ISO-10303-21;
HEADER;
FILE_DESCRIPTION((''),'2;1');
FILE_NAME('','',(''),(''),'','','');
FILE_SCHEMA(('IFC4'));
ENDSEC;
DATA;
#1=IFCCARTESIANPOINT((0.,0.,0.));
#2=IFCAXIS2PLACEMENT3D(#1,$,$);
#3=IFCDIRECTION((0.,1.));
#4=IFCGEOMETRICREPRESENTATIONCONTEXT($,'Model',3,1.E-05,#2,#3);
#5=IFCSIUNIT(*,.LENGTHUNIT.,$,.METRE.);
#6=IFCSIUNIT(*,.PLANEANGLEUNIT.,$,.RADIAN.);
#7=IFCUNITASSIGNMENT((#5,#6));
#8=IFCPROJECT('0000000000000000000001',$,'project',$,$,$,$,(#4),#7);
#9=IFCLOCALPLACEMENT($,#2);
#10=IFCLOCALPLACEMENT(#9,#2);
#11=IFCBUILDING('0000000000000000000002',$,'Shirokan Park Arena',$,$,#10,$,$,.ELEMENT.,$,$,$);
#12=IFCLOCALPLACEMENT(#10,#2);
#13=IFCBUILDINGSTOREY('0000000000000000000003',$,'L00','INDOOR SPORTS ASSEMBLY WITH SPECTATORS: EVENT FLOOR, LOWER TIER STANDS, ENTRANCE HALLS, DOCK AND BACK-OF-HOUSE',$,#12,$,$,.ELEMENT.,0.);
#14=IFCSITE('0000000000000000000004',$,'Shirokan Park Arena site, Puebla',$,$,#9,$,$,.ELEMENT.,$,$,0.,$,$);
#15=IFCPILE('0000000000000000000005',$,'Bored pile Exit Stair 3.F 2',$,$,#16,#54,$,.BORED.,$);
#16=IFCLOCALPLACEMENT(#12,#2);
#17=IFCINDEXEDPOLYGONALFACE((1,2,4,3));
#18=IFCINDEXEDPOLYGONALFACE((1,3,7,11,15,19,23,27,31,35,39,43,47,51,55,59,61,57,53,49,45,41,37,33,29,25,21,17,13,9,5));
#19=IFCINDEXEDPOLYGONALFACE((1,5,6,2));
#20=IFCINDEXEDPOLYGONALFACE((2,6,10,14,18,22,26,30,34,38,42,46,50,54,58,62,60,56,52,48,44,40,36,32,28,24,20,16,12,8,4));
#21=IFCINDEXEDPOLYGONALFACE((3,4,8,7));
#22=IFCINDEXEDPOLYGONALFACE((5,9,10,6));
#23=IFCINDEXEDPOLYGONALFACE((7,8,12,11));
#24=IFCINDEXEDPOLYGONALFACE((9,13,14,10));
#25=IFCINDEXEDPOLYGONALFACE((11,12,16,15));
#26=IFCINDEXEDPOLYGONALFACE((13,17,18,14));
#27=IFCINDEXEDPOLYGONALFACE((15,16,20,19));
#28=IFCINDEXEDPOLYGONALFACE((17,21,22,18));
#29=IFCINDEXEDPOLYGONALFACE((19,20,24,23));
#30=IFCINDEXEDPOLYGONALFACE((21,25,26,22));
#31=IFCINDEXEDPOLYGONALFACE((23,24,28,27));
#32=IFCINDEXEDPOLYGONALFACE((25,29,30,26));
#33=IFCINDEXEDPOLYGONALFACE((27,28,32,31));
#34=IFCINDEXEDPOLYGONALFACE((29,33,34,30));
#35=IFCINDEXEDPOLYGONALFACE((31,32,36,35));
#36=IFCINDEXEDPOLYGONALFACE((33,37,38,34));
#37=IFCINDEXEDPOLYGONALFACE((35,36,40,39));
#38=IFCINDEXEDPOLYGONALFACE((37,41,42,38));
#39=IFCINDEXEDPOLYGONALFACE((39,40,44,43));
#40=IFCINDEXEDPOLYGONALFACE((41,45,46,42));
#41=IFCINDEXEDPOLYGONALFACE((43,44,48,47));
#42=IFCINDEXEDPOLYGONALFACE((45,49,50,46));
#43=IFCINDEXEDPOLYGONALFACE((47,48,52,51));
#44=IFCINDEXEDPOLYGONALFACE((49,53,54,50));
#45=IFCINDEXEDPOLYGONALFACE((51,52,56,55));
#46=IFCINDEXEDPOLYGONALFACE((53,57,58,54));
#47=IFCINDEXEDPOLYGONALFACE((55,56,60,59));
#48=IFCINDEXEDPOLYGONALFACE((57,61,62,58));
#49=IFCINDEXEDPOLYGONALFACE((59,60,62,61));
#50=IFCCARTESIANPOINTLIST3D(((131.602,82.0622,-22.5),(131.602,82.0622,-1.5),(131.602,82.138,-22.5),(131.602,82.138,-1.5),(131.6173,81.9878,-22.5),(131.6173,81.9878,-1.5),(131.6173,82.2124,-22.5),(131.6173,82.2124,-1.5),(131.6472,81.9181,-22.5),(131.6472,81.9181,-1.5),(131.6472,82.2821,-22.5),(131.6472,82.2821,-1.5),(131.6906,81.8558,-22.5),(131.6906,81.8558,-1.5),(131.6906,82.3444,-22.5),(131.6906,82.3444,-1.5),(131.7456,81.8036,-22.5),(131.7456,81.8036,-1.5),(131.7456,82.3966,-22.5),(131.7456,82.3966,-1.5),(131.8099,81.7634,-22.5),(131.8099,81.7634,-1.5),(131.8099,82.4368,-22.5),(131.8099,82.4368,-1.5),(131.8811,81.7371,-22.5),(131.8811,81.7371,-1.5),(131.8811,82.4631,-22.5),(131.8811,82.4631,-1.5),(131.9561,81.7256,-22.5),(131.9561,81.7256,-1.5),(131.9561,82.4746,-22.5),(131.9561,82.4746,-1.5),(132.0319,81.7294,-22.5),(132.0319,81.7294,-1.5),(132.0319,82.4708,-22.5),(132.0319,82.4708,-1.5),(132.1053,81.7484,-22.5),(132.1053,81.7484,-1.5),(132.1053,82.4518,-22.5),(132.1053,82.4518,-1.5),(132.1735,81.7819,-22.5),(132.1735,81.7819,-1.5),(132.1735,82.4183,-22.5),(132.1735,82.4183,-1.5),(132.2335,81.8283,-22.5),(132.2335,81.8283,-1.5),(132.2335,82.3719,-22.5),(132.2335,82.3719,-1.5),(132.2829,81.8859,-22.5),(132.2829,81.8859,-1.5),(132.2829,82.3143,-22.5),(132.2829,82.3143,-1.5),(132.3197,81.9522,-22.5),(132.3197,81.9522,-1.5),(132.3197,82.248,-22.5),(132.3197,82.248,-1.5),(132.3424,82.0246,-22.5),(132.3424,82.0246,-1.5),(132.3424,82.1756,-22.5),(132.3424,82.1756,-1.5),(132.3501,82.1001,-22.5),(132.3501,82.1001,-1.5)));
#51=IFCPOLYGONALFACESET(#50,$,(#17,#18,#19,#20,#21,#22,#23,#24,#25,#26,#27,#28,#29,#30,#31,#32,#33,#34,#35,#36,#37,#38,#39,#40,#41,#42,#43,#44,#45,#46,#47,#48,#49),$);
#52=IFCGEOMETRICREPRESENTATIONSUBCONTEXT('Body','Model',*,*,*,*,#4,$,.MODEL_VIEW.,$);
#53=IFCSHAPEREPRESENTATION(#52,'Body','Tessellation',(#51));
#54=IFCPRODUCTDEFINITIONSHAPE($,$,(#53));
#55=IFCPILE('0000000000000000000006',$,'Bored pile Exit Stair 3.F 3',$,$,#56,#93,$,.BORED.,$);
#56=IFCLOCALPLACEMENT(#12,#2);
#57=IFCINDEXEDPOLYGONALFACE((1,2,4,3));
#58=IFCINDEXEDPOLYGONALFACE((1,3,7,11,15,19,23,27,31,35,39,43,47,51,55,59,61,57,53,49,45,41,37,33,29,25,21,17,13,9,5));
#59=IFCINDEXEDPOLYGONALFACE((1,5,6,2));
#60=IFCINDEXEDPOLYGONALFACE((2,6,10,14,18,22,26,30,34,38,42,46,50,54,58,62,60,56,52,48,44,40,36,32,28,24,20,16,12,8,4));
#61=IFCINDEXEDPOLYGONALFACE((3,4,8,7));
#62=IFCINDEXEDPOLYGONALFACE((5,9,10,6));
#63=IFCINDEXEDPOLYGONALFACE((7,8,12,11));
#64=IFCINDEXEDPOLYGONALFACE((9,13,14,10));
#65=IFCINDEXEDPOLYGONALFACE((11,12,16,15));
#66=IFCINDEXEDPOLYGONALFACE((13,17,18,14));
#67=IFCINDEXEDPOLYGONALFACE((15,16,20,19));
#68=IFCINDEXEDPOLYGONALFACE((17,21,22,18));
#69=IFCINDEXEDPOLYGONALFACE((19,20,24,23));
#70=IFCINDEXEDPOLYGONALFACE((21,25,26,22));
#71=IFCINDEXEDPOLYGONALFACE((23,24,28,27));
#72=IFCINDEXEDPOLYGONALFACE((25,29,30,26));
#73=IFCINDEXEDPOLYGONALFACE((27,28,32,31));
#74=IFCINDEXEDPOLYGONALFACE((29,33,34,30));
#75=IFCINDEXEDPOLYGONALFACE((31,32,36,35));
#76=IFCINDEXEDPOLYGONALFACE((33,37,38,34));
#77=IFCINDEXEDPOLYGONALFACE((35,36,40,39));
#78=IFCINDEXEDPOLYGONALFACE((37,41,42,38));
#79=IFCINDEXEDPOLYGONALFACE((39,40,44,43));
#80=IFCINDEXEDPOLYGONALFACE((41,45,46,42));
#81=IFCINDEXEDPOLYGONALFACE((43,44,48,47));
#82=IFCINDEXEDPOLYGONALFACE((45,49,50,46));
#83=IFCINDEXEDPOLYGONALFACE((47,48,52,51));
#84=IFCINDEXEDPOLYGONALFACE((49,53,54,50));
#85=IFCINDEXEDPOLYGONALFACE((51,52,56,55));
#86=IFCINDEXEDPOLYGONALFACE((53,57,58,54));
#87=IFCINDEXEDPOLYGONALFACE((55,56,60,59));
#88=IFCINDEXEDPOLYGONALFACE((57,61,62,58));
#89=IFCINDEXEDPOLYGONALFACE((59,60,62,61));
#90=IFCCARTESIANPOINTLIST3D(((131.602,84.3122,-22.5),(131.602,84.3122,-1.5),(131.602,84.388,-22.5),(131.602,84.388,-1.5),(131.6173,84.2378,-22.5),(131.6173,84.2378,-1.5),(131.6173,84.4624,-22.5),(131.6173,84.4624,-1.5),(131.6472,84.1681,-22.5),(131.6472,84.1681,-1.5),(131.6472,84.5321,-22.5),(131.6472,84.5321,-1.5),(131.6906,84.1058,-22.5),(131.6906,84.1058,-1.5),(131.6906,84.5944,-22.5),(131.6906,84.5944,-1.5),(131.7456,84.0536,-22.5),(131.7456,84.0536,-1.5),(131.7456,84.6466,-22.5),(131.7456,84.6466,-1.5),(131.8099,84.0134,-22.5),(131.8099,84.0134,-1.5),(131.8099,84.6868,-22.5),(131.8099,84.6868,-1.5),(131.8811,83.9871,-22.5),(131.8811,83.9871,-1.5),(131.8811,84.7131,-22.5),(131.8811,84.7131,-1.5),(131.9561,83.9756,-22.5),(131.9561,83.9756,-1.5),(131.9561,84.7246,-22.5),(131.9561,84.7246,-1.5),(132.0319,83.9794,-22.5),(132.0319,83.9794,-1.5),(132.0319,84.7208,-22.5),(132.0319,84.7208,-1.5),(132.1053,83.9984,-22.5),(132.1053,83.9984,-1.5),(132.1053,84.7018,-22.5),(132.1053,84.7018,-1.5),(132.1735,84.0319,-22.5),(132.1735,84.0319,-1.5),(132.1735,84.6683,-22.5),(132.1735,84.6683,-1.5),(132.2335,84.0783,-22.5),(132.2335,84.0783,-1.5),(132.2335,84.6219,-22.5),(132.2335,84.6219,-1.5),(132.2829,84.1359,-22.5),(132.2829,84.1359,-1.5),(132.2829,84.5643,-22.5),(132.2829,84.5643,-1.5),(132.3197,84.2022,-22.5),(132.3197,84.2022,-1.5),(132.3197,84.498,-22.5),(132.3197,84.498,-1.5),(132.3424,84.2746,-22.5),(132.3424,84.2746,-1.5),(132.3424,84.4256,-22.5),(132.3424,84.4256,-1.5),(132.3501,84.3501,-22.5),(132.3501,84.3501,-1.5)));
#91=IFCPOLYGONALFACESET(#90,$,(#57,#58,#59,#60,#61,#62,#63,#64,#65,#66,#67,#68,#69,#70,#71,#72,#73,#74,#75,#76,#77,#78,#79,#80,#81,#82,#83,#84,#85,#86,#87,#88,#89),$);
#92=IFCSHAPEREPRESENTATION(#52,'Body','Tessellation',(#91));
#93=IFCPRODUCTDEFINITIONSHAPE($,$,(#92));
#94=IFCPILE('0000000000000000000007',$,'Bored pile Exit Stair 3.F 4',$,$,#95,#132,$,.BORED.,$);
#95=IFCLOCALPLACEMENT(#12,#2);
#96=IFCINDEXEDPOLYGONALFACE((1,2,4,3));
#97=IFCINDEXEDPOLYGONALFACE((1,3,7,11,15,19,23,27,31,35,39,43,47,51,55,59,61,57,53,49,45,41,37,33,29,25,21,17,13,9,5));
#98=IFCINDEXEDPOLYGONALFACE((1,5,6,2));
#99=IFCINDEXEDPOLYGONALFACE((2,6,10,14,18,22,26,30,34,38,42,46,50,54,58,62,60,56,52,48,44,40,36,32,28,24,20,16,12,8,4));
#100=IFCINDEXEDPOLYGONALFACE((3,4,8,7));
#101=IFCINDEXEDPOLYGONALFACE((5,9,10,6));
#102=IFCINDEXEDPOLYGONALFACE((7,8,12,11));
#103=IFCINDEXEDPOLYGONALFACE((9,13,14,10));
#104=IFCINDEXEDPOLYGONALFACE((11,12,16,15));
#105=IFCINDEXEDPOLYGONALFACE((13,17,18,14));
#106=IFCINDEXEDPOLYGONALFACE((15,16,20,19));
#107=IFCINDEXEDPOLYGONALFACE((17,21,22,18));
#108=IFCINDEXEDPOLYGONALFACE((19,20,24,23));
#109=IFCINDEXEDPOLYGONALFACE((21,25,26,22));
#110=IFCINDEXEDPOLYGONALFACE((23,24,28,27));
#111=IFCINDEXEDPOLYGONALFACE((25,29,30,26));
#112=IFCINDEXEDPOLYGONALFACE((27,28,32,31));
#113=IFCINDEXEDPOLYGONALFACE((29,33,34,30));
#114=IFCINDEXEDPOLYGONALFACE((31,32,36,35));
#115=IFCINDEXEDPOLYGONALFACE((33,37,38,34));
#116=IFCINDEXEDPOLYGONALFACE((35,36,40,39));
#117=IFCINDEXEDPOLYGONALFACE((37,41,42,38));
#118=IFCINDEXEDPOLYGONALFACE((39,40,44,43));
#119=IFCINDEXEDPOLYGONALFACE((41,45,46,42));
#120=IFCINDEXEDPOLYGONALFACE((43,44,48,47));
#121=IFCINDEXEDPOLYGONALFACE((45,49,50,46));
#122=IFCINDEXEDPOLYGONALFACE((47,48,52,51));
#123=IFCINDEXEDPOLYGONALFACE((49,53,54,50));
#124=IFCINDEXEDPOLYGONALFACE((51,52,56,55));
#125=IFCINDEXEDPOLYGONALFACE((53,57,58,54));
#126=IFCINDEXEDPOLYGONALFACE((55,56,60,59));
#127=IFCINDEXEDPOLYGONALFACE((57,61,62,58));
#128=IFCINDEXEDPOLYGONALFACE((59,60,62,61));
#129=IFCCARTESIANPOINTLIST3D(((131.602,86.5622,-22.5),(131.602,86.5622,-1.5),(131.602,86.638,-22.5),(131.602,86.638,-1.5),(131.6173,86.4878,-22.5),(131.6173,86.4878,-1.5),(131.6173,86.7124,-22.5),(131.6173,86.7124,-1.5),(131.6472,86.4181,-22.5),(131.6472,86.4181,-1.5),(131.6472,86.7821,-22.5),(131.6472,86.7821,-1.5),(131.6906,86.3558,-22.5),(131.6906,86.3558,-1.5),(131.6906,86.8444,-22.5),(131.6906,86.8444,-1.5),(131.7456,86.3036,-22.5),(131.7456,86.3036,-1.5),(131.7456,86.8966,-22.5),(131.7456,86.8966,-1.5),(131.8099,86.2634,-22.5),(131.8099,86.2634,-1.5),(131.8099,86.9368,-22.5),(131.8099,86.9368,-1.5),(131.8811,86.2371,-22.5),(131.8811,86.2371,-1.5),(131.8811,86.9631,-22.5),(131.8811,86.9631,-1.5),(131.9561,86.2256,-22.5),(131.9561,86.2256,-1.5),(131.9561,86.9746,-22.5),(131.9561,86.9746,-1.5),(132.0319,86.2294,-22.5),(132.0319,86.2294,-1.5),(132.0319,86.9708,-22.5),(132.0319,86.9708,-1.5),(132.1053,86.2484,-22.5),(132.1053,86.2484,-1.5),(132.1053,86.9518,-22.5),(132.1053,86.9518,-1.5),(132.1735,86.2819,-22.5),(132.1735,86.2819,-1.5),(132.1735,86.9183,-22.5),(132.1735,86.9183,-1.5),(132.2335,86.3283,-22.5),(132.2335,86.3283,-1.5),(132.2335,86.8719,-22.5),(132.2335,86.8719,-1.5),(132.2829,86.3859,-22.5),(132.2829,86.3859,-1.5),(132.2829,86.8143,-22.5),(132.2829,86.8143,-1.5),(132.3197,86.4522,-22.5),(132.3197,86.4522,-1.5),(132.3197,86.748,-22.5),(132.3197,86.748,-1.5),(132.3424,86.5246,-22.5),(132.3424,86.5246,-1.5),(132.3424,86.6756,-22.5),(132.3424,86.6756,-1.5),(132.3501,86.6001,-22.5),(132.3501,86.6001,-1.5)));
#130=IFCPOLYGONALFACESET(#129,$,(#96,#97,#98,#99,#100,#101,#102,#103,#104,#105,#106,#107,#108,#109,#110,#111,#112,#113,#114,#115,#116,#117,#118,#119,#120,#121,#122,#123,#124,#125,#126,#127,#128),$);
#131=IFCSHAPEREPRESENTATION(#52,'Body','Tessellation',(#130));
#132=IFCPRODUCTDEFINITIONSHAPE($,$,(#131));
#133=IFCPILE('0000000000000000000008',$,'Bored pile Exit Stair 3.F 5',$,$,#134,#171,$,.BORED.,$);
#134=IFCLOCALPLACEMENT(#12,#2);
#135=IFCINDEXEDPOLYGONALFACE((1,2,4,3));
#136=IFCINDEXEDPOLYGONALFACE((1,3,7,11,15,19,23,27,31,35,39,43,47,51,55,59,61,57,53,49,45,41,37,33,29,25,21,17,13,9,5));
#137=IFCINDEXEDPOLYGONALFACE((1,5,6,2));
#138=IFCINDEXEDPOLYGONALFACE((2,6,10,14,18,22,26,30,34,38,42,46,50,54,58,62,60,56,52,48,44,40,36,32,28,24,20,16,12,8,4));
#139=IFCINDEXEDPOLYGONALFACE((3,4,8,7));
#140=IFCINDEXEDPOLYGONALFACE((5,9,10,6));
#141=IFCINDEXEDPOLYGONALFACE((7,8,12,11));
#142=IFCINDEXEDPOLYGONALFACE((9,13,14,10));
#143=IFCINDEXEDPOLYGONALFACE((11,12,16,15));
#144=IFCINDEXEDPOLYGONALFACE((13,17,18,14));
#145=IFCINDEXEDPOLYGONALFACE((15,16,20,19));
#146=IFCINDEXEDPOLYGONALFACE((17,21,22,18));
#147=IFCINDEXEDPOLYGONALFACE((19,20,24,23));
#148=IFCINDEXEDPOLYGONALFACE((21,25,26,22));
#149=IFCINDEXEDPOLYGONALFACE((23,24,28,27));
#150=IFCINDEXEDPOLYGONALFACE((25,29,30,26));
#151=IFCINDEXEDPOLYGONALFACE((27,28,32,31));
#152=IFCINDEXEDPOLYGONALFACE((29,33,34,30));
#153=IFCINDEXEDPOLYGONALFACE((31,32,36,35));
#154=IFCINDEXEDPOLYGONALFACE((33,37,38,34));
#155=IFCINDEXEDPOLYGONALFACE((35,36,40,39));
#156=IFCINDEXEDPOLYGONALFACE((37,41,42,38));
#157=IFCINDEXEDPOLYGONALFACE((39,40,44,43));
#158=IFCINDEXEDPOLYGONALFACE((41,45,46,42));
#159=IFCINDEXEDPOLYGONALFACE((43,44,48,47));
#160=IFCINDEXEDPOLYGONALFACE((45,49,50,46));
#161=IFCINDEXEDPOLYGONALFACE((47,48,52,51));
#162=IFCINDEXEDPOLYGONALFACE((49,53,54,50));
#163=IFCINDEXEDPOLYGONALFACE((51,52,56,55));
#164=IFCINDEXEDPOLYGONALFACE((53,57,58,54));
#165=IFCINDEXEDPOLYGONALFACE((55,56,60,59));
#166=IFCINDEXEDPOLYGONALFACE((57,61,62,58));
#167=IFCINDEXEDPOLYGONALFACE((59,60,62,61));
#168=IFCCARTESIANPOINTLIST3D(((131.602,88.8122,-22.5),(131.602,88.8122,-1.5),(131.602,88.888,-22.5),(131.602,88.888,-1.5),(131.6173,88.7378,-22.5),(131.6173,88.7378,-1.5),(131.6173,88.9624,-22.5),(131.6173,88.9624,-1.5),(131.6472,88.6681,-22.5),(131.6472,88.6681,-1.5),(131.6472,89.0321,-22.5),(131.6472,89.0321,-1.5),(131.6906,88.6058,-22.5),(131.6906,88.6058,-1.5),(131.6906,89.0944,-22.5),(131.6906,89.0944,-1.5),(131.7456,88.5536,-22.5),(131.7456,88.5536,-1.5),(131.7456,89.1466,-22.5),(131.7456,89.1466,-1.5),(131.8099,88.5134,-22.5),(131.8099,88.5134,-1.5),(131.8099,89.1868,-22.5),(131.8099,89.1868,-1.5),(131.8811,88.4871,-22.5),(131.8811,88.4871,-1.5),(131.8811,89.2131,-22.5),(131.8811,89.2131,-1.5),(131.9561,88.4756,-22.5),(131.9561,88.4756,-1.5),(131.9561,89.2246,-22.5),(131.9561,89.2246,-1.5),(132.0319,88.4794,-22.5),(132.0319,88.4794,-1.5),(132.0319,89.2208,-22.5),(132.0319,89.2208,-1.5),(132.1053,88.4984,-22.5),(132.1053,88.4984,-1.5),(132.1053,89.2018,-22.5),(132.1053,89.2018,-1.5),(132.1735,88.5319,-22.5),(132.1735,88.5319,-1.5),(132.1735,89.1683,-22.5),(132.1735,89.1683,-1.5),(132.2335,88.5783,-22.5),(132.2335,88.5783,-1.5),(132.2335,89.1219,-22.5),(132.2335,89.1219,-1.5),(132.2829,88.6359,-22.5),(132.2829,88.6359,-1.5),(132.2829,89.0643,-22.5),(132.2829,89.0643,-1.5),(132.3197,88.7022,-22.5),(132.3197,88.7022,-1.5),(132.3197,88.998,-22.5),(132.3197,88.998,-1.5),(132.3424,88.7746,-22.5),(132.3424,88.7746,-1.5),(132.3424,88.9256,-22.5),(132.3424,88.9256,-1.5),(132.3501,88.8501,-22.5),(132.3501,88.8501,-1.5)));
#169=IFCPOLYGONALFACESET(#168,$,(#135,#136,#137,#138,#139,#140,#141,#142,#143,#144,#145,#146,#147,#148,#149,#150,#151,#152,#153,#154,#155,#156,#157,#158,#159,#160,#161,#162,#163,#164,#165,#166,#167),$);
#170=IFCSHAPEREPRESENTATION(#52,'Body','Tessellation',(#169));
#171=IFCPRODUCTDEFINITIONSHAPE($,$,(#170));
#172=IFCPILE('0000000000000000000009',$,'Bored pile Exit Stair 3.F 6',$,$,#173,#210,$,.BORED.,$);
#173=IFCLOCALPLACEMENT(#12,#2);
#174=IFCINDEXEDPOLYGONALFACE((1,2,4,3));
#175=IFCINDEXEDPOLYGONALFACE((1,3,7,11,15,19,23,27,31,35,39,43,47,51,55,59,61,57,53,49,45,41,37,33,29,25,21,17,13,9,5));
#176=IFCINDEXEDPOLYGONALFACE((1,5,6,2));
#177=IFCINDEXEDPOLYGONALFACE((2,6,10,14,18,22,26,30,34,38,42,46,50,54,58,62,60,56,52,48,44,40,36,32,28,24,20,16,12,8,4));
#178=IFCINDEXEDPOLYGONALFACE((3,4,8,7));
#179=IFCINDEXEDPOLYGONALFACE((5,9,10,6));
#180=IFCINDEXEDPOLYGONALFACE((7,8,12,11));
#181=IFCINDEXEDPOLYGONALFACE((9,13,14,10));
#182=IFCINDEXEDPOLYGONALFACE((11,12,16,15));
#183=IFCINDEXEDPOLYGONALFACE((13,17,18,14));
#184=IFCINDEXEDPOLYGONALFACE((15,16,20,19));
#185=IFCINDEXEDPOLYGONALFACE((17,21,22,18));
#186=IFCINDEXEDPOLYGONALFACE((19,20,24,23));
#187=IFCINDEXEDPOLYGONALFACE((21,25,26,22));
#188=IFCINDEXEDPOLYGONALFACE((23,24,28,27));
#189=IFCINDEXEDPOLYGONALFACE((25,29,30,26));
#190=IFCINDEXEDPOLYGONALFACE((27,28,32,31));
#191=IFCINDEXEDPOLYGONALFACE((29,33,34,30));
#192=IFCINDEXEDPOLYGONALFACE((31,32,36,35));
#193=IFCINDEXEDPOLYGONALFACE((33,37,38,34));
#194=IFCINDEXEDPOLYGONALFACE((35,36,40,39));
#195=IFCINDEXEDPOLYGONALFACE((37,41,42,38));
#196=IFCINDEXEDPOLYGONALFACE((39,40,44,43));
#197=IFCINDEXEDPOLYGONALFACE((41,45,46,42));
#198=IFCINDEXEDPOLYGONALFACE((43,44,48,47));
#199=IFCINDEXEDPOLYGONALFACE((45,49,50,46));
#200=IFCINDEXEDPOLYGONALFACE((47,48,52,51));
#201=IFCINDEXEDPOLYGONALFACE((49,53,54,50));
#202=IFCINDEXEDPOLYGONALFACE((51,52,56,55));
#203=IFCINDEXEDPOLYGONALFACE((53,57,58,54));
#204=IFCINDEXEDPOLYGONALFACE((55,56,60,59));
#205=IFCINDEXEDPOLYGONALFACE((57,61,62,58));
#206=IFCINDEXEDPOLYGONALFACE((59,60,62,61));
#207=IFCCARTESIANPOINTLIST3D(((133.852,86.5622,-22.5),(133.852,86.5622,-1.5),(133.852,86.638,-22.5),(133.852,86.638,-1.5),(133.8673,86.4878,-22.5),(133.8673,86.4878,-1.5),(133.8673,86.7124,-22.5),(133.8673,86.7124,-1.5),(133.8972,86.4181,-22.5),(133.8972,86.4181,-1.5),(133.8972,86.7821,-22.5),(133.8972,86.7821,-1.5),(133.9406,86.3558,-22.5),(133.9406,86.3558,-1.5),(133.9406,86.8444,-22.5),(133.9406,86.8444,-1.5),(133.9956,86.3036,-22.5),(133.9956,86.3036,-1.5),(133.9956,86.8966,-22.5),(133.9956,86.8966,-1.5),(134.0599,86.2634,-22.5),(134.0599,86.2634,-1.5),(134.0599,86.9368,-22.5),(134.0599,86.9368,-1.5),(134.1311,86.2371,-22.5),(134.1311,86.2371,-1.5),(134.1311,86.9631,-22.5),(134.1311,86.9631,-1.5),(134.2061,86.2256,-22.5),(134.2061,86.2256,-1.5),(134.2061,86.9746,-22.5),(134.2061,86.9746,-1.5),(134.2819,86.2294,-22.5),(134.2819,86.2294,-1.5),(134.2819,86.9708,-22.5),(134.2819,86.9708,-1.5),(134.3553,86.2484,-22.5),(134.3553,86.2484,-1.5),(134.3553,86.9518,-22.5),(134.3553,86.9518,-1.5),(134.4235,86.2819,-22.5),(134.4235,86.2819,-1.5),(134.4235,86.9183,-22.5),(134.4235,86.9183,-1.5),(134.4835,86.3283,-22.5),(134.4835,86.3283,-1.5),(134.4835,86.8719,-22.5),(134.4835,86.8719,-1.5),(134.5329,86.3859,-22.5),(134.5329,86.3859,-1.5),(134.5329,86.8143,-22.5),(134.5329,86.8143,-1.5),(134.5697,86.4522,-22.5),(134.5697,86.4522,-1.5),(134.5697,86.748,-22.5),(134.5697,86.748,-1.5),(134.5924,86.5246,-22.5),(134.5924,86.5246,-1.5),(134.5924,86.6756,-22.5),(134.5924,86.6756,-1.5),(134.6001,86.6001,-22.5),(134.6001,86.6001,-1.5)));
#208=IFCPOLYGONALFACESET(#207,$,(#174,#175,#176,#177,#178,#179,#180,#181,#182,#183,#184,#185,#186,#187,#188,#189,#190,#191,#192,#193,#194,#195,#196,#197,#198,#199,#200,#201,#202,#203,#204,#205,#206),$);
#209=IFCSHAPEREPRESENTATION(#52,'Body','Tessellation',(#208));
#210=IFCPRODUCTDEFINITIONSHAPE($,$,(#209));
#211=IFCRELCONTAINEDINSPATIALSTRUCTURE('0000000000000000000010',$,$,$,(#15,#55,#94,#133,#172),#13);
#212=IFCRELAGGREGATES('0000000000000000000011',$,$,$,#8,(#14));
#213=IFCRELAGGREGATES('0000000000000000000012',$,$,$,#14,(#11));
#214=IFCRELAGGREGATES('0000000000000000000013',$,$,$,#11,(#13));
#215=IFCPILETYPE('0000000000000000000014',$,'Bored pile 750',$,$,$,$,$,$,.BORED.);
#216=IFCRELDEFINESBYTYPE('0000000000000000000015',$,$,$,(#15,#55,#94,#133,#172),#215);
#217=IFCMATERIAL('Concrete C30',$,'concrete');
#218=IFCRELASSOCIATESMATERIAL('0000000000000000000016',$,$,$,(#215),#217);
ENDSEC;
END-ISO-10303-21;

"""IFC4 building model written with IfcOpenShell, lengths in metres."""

from ifc_helpers import new_model, si_unit, direction, frame, origin, origin_2d, place, context, subcontext, project, spatial, circle, extrude, material, material_profile, profile_set, type_object, element, save


model = new_model("IFC4")

# Units and contexts
model_context = context("Model", 3, precision=1e-05, world=origin(), true_north=direction((0.0, 1.0)))
body_context = subcontext(model_context, "Body", "Model", "MODEL_VIEW")
ifc_project = project(units=[si_unit("LENGTHUNIT", "METRE"), si_unit("PLANEANGLEUNIT", "RADIAN")], contexts=[model_context])

# Site, building, storey
site_placement = place(None, origin())
site = spatial("IfcSite", under=ifc_project, at=site_placement, Name="Shirokan Park Arena site, Puebla", CompositionType="ELEMENT", RefElevation=0.0)
building_placement = place(site_placement, origin())
building = spatial("IfcBuilding", under=site, at=building_placement, Name="Shirokan Park Arena", CompositionType="ELEMENT")
storey_placement = place(building_placement, origin())
storey = spatial("IfcBuildingStorey", under=building, at=storey_placement, Name="L00", Description="INDOOR SPORTS ASSEMBLY WITH SPECTATORS: EVENT FLOOR, LOWER TIER STANDS, ENTRANCE HALLS, DOCK AND BACK-OF-HOUSE", CompositionType="ELEMENT", Elevation=0.0)

# Piles
ifc_material_1 = material(Name="Concrete C30", Category="concrete")
ifc_material_profile_1 = material_profile(ifc_material_1, circle(Radius=0.375, at=origin_2d()), Name="D750")
ifc_profile_set_1 = profile_set([ifc_material_profile_1], Name="Concrete C30")
pile_type_1 = type_object("IfcPileType", Name="Bored pile 750", PredefinedType="BORED", material=ifc_profile_set_1)
for number, where, z_axis, x_axis, name in (
    (1, (131.9751, 82.1001, -1.5), (0.0, 0.0, -1.0), (1.0, 0.0, 0.0), "Bored pile Exit Stair 3.F 2"),
    (2, (131.9751, 84.3501, -1.5), (0.0, 0.0, -1.0), (1.0, 0.0, 0.0), "Bored pile Exit Stair 3.F 3"),
    (3, (131.9751, 86.6001, -1.5), (0.0, 0.0, -1.0), (1.0, 0.0, 0.0), "Bored pile Exit Stair 3.F 4"),
    (4, (131.9751, 88.8501, -1.5), (0.0, 0.0, -1.0), (1.0, 0.0, 0.0), "Bored pile Exit Stair 3.F 5"),
    (5, (134.2251, 86.6001, -1.5), (0.0, 0.0, -1.0), (1.0, 0.0, 0.0), "Bored pile Exit Stair 3.F 6"),
):
    element("IfcPile", number, at=place(storey_placement, frame(where, z_axis=z_axis, x_axis=x_axis)), inside=storey, type_object=pile_type_1, Name=name, PredefinedType="BORED", context=body_context, shape_type="SweptSolid", body=[
        extrude(circle(Radius=0.375, at=origin_2d()), origin(), (0.0, 0.0, 1.0), 21.0),
    ])

save(model, "model.ifc")
